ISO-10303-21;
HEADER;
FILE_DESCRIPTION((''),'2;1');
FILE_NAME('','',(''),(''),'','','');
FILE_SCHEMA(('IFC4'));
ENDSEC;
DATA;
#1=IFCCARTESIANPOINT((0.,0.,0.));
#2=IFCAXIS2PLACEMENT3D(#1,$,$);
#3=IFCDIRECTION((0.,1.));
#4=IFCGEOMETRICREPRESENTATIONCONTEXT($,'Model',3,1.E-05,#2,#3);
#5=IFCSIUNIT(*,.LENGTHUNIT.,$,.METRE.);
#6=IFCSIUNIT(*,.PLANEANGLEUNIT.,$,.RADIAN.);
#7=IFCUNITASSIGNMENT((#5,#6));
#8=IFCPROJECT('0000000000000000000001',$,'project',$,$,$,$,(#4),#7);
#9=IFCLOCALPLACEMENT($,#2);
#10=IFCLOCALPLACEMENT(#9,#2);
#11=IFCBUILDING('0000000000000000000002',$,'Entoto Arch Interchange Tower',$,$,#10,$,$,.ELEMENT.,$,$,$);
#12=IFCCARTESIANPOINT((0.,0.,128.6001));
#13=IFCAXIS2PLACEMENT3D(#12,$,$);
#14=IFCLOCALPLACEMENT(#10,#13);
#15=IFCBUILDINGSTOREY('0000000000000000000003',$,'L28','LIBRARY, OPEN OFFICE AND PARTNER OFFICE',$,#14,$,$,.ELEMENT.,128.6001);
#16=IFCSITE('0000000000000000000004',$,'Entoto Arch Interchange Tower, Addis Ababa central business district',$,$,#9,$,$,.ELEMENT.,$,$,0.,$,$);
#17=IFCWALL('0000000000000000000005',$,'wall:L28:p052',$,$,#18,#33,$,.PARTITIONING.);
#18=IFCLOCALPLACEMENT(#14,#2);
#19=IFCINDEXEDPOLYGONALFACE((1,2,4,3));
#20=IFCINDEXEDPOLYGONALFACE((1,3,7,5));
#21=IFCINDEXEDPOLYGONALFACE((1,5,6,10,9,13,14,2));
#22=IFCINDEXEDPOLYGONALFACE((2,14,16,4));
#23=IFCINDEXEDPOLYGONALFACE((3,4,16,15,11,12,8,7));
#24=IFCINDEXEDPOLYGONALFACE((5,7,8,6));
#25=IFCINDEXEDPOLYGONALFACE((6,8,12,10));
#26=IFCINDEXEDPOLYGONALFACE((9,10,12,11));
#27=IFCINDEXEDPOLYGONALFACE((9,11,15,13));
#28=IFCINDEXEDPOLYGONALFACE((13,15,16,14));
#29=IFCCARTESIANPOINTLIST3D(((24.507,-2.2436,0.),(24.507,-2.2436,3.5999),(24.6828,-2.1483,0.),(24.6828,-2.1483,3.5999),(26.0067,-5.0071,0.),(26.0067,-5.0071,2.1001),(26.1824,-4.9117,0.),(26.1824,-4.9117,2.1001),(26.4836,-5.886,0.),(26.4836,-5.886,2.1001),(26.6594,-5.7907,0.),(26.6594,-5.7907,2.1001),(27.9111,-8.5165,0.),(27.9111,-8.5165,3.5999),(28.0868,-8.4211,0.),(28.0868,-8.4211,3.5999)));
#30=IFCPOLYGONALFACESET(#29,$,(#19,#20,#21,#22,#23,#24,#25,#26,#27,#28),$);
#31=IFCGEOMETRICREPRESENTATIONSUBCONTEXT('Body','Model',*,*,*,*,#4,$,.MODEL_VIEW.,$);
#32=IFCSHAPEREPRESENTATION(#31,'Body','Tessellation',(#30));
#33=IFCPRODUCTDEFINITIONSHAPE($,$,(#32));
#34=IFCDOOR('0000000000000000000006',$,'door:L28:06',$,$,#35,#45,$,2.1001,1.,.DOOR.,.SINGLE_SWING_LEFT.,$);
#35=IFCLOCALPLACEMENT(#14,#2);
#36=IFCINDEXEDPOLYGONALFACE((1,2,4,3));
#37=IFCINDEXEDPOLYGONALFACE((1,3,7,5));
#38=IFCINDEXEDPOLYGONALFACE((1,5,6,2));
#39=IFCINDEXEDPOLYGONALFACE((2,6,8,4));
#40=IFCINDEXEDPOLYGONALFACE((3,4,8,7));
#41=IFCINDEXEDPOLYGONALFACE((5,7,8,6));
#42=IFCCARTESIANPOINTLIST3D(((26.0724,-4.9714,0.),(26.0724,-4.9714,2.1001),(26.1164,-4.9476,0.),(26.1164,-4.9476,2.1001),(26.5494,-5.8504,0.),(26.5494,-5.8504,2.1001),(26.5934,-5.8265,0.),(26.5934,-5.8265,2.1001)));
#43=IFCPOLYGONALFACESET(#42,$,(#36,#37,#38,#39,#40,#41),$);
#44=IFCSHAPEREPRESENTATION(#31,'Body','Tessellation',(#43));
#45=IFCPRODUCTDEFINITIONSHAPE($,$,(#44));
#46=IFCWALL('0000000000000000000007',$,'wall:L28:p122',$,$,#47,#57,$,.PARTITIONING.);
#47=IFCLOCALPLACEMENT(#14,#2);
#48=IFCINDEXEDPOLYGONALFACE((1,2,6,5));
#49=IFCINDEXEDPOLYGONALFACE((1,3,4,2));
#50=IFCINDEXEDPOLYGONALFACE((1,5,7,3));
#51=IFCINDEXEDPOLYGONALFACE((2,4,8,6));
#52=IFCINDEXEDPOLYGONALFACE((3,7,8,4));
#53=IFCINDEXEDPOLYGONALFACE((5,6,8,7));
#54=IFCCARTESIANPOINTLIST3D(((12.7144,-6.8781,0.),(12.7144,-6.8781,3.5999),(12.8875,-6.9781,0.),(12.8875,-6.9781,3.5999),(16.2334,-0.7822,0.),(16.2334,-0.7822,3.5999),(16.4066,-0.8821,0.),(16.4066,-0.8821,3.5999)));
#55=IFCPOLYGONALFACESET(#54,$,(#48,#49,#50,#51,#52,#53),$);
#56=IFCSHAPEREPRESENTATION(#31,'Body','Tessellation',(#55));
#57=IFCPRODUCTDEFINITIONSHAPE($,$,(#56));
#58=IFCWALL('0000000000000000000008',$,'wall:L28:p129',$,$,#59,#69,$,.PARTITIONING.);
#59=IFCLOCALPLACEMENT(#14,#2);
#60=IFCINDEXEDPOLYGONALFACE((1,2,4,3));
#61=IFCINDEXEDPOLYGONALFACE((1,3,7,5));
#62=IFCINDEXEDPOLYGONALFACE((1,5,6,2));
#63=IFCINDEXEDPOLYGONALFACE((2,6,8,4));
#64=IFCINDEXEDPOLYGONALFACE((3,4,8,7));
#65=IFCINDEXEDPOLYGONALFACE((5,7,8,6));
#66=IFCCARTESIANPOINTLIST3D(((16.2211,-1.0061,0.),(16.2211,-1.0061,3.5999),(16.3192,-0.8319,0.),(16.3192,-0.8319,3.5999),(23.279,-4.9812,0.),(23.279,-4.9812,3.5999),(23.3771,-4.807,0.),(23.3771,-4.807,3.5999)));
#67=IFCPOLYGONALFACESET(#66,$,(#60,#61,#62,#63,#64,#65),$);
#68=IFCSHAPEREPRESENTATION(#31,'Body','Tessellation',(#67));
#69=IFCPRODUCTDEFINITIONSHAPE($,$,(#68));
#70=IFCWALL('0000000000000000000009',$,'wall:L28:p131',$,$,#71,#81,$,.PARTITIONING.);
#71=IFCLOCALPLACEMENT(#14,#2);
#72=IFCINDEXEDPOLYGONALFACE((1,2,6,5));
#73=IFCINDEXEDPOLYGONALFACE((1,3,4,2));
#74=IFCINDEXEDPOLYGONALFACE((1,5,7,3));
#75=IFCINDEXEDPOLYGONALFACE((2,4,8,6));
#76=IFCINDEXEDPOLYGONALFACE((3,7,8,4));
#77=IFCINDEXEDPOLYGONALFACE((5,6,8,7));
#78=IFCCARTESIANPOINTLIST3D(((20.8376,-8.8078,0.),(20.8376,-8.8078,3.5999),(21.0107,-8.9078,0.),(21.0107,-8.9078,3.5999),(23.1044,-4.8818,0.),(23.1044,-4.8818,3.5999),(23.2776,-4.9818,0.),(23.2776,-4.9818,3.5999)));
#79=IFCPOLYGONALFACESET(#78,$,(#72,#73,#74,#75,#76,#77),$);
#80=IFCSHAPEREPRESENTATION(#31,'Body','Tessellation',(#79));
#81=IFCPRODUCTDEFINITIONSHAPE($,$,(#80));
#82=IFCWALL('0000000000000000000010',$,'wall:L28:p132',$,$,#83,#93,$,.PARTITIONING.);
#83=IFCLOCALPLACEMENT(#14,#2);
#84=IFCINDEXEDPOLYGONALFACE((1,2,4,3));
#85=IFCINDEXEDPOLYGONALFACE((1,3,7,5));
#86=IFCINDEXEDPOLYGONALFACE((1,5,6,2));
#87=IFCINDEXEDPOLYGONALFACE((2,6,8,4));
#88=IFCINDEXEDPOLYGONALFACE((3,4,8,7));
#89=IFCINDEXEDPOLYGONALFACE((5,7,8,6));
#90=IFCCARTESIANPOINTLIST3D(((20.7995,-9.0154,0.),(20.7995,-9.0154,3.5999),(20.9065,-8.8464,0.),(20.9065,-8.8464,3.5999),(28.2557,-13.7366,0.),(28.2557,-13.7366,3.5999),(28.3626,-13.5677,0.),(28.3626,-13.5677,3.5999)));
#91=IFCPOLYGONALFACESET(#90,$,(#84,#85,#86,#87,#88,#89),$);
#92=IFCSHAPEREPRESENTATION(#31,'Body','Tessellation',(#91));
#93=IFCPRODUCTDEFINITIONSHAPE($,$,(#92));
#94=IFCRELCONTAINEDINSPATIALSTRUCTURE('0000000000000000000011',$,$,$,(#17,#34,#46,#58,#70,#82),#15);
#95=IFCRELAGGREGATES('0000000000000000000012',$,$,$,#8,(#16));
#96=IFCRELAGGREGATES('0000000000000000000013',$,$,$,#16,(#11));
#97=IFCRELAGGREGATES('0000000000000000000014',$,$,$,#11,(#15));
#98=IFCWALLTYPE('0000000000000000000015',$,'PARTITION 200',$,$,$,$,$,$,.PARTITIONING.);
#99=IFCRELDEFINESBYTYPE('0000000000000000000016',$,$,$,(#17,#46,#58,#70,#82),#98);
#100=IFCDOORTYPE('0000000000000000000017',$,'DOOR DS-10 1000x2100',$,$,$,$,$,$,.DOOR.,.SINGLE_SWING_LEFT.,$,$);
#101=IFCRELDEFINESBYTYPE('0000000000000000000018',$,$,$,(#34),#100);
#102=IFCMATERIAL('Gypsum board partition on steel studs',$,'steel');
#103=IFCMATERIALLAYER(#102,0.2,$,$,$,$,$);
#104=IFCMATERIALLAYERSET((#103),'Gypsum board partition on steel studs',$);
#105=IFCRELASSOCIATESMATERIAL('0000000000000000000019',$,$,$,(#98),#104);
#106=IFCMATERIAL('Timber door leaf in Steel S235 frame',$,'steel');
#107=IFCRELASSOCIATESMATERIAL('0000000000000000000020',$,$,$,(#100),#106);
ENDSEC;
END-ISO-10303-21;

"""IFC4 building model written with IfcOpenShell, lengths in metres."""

from ifc_helpers import new_model, si_unit, direction, frame, frame_2d, origin, place, context, subcontext, project, spatial, rectangle, extrude, material, layer, layer_set, type_object, element, fill, save


model = new_model("IFC4")

# Units and contexts
model_context = context("Model", 3, precision=1e-05, world=origin(), true_north=direction((0.0, 1.0)))
body_context = subcontext(model_context, "Body", "Model", "MODEL_VIEW")
ifc_project = project(units=[si_unit("LENGTHUNIT", "METRE"), si_unit("PLANEANGLEUNIT", "RADIAN")], contexts=[model_context])

# Site, building, storey
site_placement = place(None, origin())
site = spatial("IfcSite", under=ifc_project, at=site_placement, Name="Entoto Arch Interchange Tower, Addis Ababa central business district", CompositionType="ELEMENT", RefElevation=0.0)
building_placement = place(site_placement, origin())
building = spatial("IfcBuilding", under=site, at=building_placement, Name="Entoto Arch Interchange Tower", CompositionType="ELEMENT")
storey_placement = place(building_placement, frame((0.0, 0.0, 128.6001)))
storey = spatial("IfcBuildingStorey", under=building, at=storey_placement, Name="L28", Description="LIBRARY, OPEN OFFICE AND PARTNER OFFICE", CompositionType="ELEMENT", Elevation=128.6001)

# Shared definitions
ifc_material_1 = material(Name="Gypsum board partition on steel studs", Category="steel")
ifc_layer_1 = layer(ifc_material_1, 0.2)
ifc_layer_set_1 = layer_set([ifc_layer_1], Name="Gypsum board partition on steel studs")
wall_type_1 = type_object("IfcWallType", Name="PARTITION 200", PredefinedType="PARTITIONING", material=ifc_layer_set_1)

# Shared definitions
ifc_material_2 = material(Name="Timber door leaf in Steel S235 frame", Category="steel")
door_type = type_object("IfcDoorType", Name="DOOR DS-10 1000x2100", OperationType="SINGLE_SWING_LEFT", PredefinedType="DOOR", material=ifc_material_2)

# Wall, opening, door
wall_1_placement = place(storey_placement, frame((24.595, -2.196, 0.0), z_axis=(0.0, 0.0, 1.0), x_axis=(0.476955, -0.878928, 0.0)))
wall_1 = element("IfcWall", 1, at=wall_1_placement, inside=storey, type_object=wall_type_1, Name="wall:L28:p052", PredefinedType="PARTITIONING", context=body_context, shape_type="SweptSolid", body=[
    extrude(rectangle(XDim=7.137, YDim=0.2, at=frame_2d((3.5684, 0.0))), origin(), (0.0, 0.0, 1.0), 3.5999),
])
opening_1_placement = place(wall_1_placement, frame((3.144, 0.0, 0.0)))
opening_1 = element("IfcOpeningElement", 2, at=opening_1_placement, cuts=wall_1, PredefinedType="OPENING", context=body_context, shape_type="SweptSolid", body=[
    extrude(rectangle(XDim=1.0, YDim=2.1001, at=frame_2d((0.5, 1.05))), frame((0.0, 0.1099, 0.0), z_axis=(0.0, -1.0, 0.0), x_axis=(1.0, 0.0, 0.0)), (0.0, 0.0, 1.0), 0.22),
])
door_1_placement = place(opening_1_placement, origin())
door_1 = element("IfcDoor", 3, at=door_1_placement, inside=storey, type_object=door_type, Name="door:L28:06", OperationType="SINGLE_SWING_LEFT", OverallHeight=2.1001, OverallWidth=1.0, PredefinedType="DOOR", context=body_context, shape_type="SweptSolid", body=[
    extrude(rectangle(XDim=1.0, YDim=2.1001, at=frame_2d((0.5, 1.05))), frame((0.0, 0.0249, 0.0), z_axis=(0.0, -1.0, 0.0), x_axis=(1.0, 0.0, 0.0)), (0.0, 0.0, 1.0), 0.05),
])
fill(opening_1, door_1)

# Walls
wall_2_placement = place(storey_placement, frame((16.3201, -0.832, 0.0), z_axis=(0.0, 0.0, 1.0), x_axis=(-0.499952, -0.866053, 0.0)))
element("IfcWall", 4, at=wall_2_placement, inside=storey, type_object=wall_type_1, Name="wall:L28:p122", PredefinedType="PARTITIONING", context=body_context, shape_type="SweptSolid", body=[
    extrude(rectangle(XDim=7.0388, YDim=0.2, at=frame_2d((3.5195, 0.0))), origin(), (0.0, 0.0, 1.0), 3.5999),
])
wall_3_placement = place(storey_placement, frame((16.27, -0.9189, 0.0), z_axis=(0.0, 0.0, 1.0), x_axis=(0.871309, -0.490735, 0.0)))
element("IfcWall", 5, at=wall_3_placement, inside=storey, type_object=wall_type_1, Name="wall:L28:p129", PredefinedType="PARTITIONING", context=body_context, shape_type="SweptSolid", body=[
    extrude(rectangle(XDim=8.1003, YDim=0.2, at=frame_2d((4.0503, 0.0))), origin(), (0.0, 0.0, 1.0), 3.5999),
])
wall_4_placement = place(storey_placement, frame((23.1909, -4.9319, 0.0), z_axis=(0.0, 0.0, 1.0), x_axis=(-0.500025, -0.866011, 0.0)))
element("IfcWall", 6, at=wall_4_placement, inside=storey, type_object=wall_type_1, Name="wall:L28:p131", PredefinedType="PARTITIONING", context=body_context, shape_type="SweptSolid", body=[
    extrude(rectangle(XDim=4.5334, YDim=0.2, at=frame_2d((2.2666, 0.0))), origin(), (0.0, 0.0, 1.0), 3.5999),
])
wall_5_placement = place(storey_placement, frame((20.853, -8.9309, 0.0), z_axis=(0.0, 0.0, 1.0), x_axis=(0.844869, -0.534973, 0.0)))
element("IfcWall", 7, at=wall_5_placement, inside=storey, type_object=wall_type_1, Name="wall:L28:p132", PredefinedType="PARTITIONING", context=body_context, shape_type="SweptSolid", body=[
    extrude(rectangle(XDim=8.8252, YDim=0.2, at=frame_2d((4.4126, 0.0))), origin(), (0.0, 0.0, 1.0), 3.5999),
])

save(model, "model.ifc")
